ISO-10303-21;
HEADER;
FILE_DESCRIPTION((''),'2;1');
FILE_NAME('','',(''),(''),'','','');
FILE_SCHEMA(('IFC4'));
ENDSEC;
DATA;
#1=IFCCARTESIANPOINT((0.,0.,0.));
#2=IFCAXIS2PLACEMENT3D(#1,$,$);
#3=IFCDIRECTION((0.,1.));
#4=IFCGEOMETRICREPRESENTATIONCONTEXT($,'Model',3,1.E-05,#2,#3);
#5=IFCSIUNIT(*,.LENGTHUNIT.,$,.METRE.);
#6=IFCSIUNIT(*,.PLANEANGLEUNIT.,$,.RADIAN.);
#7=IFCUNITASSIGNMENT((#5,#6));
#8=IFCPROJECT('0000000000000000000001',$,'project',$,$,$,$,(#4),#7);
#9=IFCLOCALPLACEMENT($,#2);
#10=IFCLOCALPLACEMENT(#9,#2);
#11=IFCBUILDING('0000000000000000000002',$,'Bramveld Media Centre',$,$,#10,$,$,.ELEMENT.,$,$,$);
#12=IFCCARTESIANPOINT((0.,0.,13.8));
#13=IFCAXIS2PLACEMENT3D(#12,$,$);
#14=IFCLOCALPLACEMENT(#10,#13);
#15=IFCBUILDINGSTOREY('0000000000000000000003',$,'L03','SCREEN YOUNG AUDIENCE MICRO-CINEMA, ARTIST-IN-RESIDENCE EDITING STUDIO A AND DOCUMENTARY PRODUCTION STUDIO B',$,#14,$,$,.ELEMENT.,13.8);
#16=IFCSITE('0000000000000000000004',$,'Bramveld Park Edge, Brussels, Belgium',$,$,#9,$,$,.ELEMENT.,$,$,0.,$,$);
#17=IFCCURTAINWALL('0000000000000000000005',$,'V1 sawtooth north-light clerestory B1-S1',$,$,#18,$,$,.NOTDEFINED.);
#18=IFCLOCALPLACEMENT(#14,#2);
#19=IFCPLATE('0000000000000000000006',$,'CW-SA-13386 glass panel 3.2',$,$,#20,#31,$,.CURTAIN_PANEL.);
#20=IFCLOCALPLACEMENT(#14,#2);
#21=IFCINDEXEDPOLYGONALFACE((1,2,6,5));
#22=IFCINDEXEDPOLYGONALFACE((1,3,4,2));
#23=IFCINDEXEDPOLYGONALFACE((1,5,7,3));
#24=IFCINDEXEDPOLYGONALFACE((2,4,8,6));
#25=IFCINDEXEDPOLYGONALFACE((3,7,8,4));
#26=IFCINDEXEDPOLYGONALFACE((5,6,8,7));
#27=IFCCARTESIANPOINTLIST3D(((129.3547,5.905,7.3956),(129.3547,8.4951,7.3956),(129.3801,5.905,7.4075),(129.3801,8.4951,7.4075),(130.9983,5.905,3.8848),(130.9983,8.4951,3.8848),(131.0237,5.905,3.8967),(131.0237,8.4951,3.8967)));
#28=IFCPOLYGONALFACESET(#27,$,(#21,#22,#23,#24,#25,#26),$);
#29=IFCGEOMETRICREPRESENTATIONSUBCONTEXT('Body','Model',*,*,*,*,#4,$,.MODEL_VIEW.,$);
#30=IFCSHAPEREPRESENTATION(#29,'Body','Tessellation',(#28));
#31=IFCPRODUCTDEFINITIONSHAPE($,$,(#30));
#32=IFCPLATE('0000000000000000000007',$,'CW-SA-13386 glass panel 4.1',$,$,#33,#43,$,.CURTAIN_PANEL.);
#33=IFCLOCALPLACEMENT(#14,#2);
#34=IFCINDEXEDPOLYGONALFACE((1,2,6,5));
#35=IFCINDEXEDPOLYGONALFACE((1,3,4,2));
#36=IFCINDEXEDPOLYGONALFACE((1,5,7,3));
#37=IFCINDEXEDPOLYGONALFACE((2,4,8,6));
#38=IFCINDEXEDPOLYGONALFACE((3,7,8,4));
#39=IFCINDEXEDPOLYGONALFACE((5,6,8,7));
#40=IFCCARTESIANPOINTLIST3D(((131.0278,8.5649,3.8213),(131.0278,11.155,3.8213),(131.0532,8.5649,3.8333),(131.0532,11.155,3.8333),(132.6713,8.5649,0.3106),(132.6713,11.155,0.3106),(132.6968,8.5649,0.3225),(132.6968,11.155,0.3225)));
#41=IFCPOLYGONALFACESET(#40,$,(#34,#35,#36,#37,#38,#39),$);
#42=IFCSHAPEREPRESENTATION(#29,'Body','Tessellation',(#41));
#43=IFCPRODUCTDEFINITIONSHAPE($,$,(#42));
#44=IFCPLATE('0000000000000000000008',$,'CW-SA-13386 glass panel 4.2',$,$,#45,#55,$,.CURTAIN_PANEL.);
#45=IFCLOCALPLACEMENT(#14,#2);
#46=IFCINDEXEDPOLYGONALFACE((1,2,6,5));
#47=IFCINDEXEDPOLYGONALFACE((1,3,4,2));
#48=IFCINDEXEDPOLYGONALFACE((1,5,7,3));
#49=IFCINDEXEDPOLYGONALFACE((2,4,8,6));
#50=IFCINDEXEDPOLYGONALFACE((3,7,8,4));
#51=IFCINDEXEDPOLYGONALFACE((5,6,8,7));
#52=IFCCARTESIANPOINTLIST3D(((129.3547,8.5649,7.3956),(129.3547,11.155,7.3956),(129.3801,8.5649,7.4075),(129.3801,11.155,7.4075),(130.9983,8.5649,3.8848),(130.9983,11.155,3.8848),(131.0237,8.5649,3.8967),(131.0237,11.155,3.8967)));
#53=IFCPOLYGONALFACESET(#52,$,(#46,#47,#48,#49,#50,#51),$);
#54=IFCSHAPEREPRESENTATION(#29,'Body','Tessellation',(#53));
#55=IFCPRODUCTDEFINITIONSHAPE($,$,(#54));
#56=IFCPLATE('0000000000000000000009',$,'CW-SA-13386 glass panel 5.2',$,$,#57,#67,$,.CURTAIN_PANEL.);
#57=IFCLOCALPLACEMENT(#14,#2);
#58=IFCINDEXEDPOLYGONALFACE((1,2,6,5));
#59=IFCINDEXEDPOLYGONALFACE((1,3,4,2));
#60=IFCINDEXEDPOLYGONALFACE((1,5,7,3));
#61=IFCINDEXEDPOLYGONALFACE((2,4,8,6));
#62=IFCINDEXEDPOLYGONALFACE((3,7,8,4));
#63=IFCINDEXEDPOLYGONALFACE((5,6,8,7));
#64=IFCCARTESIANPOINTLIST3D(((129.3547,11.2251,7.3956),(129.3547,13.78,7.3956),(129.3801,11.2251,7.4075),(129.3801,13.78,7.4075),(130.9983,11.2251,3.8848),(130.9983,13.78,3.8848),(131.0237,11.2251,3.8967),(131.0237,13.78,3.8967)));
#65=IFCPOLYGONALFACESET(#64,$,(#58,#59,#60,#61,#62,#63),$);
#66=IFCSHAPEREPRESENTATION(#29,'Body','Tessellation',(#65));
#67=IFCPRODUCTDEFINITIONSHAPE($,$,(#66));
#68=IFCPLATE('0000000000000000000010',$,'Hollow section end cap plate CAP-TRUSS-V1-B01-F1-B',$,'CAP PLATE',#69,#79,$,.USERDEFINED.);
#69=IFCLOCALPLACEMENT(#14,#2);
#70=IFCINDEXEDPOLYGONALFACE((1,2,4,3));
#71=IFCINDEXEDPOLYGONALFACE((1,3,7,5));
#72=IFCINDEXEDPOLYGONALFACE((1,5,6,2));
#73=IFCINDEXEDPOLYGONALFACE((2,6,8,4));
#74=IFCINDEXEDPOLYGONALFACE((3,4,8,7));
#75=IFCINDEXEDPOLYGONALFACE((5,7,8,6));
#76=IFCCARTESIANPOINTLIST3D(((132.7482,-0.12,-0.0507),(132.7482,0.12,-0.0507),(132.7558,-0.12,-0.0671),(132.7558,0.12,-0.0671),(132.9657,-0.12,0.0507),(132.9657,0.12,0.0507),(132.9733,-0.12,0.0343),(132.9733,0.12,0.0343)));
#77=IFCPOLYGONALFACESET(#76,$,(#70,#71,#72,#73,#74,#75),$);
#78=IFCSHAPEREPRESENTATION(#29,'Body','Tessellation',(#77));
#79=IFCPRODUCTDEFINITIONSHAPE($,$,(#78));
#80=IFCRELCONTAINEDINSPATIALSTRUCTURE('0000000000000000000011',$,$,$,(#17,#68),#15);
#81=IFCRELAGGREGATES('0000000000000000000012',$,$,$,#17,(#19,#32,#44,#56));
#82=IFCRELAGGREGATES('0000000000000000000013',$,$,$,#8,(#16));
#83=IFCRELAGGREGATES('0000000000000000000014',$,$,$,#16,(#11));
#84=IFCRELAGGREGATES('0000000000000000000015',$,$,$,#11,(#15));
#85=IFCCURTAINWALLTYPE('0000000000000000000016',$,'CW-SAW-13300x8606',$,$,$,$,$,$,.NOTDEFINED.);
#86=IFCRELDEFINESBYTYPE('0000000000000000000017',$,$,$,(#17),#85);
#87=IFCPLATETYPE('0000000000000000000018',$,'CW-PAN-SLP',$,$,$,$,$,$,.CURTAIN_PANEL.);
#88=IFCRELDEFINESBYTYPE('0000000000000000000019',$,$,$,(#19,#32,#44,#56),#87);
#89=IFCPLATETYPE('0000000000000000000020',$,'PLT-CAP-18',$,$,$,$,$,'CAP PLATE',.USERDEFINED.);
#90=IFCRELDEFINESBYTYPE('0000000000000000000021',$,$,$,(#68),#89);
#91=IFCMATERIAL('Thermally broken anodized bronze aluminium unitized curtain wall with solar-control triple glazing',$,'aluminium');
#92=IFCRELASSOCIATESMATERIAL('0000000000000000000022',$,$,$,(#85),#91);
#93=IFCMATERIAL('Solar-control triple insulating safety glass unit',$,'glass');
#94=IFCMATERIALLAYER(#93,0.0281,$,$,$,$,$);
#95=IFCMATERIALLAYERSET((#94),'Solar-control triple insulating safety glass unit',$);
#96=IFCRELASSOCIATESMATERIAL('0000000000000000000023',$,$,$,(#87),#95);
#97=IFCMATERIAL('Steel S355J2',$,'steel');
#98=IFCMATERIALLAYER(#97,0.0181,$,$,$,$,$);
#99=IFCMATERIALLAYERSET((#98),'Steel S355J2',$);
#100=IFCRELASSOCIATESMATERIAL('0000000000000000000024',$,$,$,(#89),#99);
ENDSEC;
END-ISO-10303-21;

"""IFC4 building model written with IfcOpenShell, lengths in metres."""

from ifc_helpers import new_model, si_unit, direction, frame, origin, origin_2d, place, context, subcontext, project, spatial, polyline, rectangle, outline, extrude, material, layer, layer_set, type_object, element, aggregate, save


model = new_model("IFC4")

# Units and contexts
model_context = context("Model", 3, precision=1e-05, world=origin(), true_north=direction((0.0, 1.0)))
body_context = subcontext(model_context, "Body", "Model", "MODEL_VIEW")
ifc_project = project(units=[si_unit("LENGTHUNIT", "METRE"), si_unit("PLANEANGLEUNIT", "RADIAN")], contexts=[model_context])

# Site, building, storey
site_placement = place(None, origin())
site = spatial("IfcSite", under=ifc_project, at=site_placement, Name="Bramveld Park Edge, Brussels, Belgium", CompositionType="ELEMENT", RefElevation=0.0)
building_placement = place(site_placement, origin())
building = spatial("IfcBuilding", under=site, at=building_placement, Name="Bramveld Media Centre", CompositionType="ELEMENT")
storey_placement = place(building_placement, frame((0.0, 0.0, 13.8)))
storey = spatial("IfcBuildingStorey", under=building, at=storey_placement, Name="L03", Description="SCREEN YOUNG AUDIENCE MICRO-CINEMA, ARTIST-IN-RESIDENCE EDITING STUDIO A AND DOCUMENTARY PRODUCTION STUDIO B", CompositionType="ELEMENT", Elevation=13.8)

# Curtain wall
ifc_material_1 = material(Name="Thermally broken anodized bronze aluminium unitized curtain wall with solar-control triple glazing", Category="aluminium")
curtain_wall_type = type_object("IfcCurtainWallType", Name="CW-SAW-13300x8606", PredefinedType="NOTDEFINED", material=ifc_material_1)
curtain_wall_placement = place(storey_placement, origin())
curtain_wall = element("IfcCurtainWall", 1, at=curtain_wall_placement, inside=storey, type_object=curtain_wall_type, Name="V1 sawtooth north-light clerestory B1-S1", PredefinedType="NOTDEFINED")

# Plates
ifc_material_2 = material(Name="Solar-control triple insulating safety glass unit", Category="glass")
ifc_layer_1 = layer(ifc_material_2, 0.0281)
ifc_layer_set_1 = layer_set([ifc_layer_1], Name="Solar-control triple insulating safety glass unit")
plate_type_1 = type_object("IfcPlateType", Name="CW-PAN-SLP", PredefinedType="CURTAIN_PANEL", material=ifc_layer_set_1)
plate_1_placement = place(storey_placement, frame((131.0237, 5.905, 3.8967), z_axis=(0.905668, 0.0, 0.423988), x_axis=(0.0, 1.0, 0.0)))
plate_1 = element("IfcPlate", 2, at=plate_1_placement, type_object=plate_type_1, Name="CW-SA-13386 glass panel 3.2", PredefinedType="CURTAIN_PANEL", context=body_context, shape_type="SweptSolid", body=[
    extrude(outline(polyline([(0.0, 0.0), (2.5901, 0.0), (2.5901, 3.8764), (0.0, 3.8764), (0.0, 0.0)])), origin(), (0.0, 0.0, -1.0), 0.0281),
])
plate_2_placement = place(storey_placement, frame((132.6968, 8.5649, 0.3225), z_axis=(0.905668, 0.0, 0.423988), x_axis=(0.0, 1.0, 0.0)))
plate_2 = element("IfcPlate", 3, at=plate_2_placement, type_object=plate_type_1, Name="CW-SA-13386 glass panel 4.1", PredefinedType="CURTAIN_PANEL", context=body_context, shape_type="SweptSolid", body=[
    extrude(outline(polyline([(0.0, 0.0), (2.5901, 0.0), (2.5901, 3.8764), (0.0, 3.8764), (0.0, 0.0)])), origin(), (0.0, 0.0, -1.0), 0.0281),
])
plate_3_placement = place(storey_placement, frame((131.0237, 8.5649, 3.8967), z_axis=(0.905668, 0.0, 0.423988), x_axis=(0.0, 1.0, 0.0)))
plate_3 = element("IfcPlate", 4, at=plate_3_placement, type_object=plate_type_1, Name="CW-SA-13386 glass panel 4.2", PredefinedType="CURTAIN_PANEL", context=body_context, shape_type="SweptSolid", body=[
    extrude(outline(polyline([(0.0, 0.0), (2.5901, 0.0), (2.5901, 3.8764), (0.0, 3.8764), (0.0, 0.0)])), origin(), (0.0, 0.0, -1.0), 0.0281),
])
plate_4_placement = place(storey_placement, frame((131.0237, 11.2251, 3.8967), z_axis=(0.905668, 0.0, 0.423988), x_axis=(0.0, 1.0, 0.0)))
plate_4 = element("IfcPlate", 5, at=plate_4_placement, type_object=plate_type_1, Name="CW-SA-13386 glass panel 5.2", PredefinedType="CURTAIN_PANEL", context=body_context, shape_type="SweptSolid", body=[
    extrude(outline(polyline([(0.0, 0.0), (2.5549, 0.0), (2.5549, 3.8764), (0.0, 3.8764), (0.0, 0.0)])), origin(), (0.0, 0.0, -1.0), 0.0281),
])
aggregate(curtain_wall, [plate_1, plate_2, plate_3, plate_4])
ifc_material_3 = material(Name="Steel S355J2", Category="steel")
ifc_layer_2 = layer(ifc_material_3, 0.0181)
ifc_layer_set_2 = layer_set([ifc_layer_2], Name="Steel S355J2")
plate_type_2 = type_object("IfcPlateType", Name="PLT-CAP-18", ElementType="CAP PLATE", PredefinedType="USERDEFINED", material=ifc_layer_set_2)
plate_5_placement = place(storey_placement, frame((132.8569, 0.0, 0.0), z_axis=(0.422618, 0.0, -0.906308), x_axis=(0.0, 1.0, 0.0)))
element("IfcPlate", 6, at=plate_5_placement, inside=storey, type_object=plate_type_2, Name="Hollow section end cap plate CAP-TRUSS-V1-B01-F1-B", ObjectType="CAP PLATE", PredefinedType="USERDEFINED", context=body_context, shape_type="SweptSolid", body=[
    extrude(rectangle(XDim=0.24, YDim=0.24, at=origin_2d()), origin(), (0.0, 0.0, 1.0), 0.0181),
])

save(model, "model.ifc")
